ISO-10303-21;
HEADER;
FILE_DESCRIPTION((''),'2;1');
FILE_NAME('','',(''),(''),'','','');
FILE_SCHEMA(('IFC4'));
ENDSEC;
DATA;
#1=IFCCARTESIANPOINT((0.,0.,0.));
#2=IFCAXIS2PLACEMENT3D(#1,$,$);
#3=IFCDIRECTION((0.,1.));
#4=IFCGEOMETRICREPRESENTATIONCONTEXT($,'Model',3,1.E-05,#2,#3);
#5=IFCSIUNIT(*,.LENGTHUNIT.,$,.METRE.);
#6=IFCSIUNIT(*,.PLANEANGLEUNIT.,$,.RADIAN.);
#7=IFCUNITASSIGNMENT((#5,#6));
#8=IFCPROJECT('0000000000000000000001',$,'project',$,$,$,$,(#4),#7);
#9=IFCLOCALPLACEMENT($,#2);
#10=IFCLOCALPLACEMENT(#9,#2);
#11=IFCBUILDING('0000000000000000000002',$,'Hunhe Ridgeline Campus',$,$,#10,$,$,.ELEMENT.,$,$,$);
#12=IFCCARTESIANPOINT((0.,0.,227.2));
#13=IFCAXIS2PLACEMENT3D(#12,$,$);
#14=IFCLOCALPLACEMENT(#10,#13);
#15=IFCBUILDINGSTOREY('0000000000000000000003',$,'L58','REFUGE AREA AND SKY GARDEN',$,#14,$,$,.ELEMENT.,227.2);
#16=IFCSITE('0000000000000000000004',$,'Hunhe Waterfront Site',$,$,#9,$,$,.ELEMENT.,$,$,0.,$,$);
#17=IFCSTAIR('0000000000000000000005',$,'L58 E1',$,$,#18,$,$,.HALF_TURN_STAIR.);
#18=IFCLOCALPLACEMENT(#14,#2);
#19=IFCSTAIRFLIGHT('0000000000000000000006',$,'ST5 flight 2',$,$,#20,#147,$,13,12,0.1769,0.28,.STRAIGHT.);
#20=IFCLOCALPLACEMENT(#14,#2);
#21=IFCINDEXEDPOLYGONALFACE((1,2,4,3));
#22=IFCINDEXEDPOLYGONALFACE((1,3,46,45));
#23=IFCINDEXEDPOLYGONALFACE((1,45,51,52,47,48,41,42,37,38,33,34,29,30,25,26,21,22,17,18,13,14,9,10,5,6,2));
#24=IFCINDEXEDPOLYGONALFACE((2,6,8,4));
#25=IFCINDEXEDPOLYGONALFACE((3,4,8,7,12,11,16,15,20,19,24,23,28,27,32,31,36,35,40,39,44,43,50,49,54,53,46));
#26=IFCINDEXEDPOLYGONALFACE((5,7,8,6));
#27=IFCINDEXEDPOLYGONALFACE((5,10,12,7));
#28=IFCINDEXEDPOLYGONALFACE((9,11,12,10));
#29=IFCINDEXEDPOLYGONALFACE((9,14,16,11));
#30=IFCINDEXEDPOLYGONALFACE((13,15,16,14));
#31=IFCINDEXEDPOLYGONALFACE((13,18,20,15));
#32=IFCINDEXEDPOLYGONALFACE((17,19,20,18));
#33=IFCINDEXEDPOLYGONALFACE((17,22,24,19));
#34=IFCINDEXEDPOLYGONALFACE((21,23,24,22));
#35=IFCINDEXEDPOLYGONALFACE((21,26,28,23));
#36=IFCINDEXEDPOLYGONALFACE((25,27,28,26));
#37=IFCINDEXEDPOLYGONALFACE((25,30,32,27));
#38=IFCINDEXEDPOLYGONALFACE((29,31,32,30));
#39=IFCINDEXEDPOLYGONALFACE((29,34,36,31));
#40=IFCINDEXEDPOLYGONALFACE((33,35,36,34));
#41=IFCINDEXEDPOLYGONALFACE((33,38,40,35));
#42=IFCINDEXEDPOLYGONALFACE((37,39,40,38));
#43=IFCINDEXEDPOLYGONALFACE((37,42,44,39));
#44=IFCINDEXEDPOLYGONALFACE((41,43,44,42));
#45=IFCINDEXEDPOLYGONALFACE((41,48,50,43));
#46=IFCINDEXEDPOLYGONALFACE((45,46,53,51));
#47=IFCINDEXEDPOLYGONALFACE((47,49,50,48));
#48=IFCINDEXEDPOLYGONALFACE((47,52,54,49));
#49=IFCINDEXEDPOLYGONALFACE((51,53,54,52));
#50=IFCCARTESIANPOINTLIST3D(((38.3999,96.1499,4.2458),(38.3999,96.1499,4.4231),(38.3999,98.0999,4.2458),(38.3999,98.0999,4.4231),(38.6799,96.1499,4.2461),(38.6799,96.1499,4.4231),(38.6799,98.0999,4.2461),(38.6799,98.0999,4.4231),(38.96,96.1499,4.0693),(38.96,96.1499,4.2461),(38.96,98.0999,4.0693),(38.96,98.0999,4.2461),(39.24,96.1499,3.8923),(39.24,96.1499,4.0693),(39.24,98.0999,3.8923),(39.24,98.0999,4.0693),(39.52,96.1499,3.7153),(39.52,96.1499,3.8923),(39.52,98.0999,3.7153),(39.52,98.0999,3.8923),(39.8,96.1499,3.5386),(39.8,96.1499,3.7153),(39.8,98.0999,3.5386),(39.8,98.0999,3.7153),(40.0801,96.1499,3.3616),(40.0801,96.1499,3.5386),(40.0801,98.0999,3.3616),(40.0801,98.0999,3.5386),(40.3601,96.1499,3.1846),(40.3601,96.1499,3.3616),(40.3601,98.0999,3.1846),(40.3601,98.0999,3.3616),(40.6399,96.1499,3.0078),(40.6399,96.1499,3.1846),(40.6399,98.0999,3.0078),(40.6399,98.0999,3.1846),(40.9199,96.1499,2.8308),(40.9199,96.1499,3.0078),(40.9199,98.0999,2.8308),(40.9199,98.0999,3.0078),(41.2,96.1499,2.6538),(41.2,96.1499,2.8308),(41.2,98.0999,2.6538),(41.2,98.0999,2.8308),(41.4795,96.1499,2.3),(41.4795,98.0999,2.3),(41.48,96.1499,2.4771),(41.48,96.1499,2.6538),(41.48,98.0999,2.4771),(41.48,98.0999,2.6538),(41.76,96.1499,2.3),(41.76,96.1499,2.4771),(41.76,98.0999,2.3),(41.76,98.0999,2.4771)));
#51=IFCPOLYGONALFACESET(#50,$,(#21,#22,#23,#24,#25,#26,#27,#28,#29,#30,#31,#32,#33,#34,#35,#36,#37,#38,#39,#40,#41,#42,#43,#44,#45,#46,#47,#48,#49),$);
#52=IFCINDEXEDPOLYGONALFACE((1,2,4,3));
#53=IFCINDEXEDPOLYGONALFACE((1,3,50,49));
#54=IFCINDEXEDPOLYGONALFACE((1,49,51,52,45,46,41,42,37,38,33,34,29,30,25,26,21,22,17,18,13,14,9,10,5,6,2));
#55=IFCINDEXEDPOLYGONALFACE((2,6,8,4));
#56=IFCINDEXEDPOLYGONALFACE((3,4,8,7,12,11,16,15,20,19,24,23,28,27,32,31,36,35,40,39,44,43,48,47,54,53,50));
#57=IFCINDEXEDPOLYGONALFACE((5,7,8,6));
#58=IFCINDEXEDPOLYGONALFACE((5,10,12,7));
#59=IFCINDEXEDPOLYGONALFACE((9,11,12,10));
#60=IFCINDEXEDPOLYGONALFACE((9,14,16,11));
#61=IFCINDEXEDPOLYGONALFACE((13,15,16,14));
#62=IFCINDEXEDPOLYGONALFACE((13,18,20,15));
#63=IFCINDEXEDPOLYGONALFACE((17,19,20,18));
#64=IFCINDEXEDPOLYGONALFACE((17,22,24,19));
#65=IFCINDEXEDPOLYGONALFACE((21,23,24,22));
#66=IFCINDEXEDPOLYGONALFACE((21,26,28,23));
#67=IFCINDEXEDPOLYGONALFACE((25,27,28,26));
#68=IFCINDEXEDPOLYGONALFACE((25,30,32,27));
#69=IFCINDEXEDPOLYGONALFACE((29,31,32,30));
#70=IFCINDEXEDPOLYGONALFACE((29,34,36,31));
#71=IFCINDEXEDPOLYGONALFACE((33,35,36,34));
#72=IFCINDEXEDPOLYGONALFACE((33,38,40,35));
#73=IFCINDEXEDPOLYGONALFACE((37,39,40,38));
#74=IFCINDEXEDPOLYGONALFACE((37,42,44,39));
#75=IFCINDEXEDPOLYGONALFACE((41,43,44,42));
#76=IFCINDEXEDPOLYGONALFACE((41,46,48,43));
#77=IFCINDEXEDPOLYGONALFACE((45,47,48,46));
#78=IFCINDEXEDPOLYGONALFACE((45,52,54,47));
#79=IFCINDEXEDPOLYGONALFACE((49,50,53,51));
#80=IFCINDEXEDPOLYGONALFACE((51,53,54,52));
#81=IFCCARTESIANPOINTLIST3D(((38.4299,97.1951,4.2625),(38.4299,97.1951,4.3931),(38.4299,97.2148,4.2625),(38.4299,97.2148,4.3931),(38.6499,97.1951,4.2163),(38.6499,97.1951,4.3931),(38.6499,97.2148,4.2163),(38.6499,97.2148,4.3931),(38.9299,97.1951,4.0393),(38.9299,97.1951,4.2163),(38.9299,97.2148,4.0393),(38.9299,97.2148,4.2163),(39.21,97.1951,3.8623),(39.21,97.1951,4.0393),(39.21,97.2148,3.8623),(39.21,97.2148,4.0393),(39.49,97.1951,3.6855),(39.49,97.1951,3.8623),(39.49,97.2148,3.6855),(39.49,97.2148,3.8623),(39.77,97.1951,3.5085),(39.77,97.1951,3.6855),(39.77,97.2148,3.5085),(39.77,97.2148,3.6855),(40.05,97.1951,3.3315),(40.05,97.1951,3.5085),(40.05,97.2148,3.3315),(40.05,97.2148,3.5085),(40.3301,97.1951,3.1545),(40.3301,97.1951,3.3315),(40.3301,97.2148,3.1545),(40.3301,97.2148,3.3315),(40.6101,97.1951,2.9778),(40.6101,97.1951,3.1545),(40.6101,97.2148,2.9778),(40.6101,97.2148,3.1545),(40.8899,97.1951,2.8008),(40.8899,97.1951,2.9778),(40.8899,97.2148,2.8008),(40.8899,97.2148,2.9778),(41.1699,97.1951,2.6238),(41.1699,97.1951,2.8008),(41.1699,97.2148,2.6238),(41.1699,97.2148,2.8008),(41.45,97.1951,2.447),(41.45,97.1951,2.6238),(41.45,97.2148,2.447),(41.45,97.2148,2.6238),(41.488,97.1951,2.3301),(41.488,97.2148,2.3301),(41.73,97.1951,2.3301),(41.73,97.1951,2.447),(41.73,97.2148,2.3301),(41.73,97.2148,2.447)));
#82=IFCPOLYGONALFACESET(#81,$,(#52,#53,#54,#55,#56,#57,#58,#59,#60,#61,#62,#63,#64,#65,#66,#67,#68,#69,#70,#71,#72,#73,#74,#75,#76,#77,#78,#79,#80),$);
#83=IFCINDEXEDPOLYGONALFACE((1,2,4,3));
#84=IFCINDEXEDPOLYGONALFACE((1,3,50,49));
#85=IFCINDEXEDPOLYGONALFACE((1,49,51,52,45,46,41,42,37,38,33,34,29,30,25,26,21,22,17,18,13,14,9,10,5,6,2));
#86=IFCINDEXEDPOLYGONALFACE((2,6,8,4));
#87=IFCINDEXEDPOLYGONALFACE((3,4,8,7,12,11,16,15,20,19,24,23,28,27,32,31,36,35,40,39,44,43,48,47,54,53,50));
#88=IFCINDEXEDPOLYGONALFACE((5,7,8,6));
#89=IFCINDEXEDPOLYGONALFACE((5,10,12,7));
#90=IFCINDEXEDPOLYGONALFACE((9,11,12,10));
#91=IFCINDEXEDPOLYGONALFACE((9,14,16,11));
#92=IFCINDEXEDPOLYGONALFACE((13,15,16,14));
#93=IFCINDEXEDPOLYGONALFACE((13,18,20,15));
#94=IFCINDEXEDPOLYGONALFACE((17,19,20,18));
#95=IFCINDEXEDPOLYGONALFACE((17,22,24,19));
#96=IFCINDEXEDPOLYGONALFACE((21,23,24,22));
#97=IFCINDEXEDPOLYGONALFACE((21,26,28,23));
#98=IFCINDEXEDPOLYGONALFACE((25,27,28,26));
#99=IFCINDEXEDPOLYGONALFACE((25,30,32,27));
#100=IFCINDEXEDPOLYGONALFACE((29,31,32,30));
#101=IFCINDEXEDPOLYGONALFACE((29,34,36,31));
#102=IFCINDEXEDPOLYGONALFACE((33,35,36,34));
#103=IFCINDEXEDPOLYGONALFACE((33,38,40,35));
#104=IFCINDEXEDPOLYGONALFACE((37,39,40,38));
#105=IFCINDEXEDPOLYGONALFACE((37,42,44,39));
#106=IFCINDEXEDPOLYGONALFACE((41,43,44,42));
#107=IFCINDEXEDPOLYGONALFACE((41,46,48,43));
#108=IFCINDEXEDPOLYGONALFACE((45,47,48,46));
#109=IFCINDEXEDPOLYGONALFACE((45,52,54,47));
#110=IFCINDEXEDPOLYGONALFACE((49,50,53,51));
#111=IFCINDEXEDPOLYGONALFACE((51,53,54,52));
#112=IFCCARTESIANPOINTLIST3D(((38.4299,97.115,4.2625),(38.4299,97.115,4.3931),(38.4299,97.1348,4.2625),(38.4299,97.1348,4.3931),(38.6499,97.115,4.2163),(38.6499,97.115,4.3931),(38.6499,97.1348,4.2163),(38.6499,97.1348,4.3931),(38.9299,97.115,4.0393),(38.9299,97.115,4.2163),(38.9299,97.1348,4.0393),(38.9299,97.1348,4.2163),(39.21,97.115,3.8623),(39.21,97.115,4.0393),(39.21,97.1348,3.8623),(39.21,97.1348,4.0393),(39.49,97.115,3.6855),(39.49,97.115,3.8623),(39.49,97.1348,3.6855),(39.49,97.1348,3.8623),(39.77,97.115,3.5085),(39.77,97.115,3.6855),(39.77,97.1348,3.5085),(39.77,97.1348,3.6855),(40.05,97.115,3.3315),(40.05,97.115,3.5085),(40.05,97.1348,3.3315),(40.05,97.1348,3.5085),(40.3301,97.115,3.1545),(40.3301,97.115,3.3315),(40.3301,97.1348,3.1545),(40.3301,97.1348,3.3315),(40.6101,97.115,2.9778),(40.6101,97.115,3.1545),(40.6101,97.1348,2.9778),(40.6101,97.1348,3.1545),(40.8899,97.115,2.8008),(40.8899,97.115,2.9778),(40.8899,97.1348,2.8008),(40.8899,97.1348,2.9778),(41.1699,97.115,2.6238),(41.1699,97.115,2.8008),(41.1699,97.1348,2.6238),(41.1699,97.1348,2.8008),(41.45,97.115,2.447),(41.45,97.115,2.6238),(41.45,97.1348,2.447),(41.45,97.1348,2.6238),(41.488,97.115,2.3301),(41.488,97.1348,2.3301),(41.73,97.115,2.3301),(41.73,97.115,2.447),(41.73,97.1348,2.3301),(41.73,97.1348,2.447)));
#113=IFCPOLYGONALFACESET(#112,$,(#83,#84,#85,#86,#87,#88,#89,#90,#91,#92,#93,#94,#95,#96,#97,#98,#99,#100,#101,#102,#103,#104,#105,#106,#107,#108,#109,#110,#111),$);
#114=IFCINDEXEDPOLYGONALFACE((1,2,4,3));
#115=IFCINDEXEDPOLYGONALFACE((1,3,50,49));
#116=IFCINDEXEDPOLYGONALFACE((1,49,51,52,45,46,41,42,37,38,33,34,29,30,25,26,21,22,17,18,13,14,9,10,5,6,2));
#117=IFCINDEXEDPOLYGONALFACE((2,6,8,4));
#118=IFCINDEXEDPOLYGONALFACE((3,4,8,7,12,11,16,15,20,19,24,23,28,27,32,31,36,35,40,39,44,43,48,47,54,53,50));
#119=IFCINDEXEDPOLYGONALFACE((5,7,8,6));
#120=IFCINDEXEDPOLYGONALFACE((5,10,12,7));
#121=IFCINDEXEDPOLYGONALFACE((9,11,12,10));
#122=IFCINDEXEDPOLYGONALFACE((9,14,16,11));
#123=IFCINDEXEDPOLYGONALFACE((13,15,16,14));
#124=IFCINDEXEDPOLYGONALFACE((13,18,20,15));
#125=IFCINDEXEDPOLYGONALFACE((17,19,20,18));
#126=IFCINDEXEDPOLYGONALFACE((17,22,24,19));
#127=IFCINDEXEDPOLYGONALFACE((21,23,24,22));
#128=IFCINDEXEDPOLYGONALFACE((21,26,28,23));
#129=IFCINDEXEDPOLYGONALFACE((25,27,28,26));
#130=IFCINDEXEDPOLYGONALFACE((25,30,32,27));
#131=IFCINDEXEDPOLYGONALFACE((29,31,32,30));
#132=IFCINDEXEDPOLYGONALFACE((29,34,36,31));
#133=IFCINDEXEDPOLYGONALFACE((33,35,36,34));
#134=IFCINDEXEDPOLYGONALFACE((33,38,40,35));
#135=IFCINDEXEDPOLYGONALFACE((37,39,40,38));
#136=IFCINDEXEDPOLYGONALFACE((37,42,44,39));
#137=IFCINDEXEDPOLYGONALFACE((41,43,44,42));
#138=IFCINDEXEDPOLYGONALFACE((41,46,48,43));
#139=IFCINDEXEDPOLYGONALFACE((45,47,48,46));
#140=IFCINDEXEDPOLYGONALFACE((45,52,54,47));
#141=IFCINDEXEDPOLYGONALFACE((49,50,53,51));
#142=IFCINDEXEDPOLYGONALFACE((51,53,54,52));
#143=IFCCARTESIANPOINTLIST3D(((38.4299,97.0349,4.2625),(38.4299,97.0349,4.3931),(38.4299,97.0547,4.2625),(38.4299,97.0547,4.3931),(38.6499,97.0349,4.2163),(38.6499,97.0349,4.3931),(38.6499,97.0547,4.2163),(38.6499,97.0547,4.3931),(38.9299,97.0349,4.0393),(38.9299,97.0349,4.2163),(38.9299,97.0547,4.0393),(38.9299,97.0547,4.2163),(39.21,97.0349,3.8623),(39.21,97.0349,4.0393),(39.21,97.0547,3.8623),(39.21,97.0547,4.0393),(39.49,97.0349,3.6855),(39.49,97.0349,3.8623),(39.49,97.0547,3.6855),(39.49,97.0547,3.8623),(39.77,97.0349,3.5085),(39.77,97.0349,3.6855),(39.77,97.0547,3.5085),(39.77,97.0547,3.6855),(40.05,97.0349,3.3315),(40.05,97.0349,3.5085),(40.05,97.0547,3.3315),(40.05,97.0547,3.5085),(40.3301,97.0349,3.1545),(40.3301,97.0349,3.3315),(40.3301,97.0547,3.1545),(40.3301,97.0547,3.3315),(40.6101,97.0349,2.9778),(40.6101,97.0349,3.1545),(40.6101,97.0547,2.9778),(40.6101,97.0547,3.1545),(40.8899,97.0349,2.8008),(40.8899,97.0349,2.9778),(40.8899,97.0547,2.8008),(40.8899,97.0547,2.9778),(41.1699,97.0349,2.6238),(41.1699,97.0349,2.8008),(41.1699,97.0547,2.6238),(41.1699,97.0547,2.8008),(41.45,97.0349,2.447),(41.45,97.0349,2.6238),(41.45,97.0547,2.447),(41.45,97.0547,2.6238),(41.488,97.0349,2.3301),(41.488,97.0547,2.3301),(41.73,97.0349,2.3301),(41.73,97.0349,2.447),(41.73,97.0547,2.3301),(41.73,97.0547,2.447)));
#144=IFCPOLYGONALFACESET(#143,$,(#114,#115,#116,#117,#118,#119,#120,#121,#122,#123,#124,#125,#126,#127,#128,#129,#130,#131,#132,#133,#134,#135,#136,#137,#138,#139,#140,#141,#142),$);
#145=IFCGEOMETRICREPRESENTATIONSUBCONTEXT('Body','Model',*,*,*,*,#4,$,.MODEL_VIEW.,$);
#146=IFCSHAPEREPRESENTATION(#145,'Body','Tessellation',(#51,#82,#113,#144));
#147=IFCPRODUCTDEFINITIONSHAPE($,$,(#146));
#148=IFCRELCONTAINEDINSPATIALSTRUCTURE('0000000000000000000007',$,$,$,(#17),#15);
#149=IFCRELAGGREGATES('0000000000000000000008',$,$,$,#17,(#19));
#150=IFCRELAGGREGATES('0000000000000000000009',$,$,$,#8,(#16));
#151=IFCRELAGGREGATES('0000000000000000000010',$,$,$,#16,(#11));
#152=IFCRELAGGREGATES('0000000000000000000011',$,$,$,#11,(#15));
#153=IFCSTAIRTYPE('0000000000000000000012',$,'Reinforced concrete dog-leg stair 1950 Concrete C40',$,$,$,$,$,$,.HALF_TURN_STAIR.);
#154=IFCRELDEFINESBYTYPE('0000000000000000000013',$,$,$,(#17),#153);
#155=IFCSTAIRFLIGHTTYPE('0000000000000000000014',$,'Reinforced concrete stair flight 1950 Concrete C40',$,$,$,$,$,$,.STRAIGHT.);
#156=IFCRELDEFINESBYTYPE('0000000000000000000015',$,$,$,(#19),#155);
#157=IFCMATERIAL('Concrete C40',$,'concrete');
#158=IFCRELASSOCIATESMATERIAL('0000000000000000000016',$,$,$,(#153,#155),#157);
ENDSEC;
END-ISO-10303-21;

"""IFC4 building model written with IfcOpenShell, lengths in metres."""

from ifc_helpers import new_model, si_unit, direction, frame, origin, place, context, subcontext, project, spatial, polyline, outline, extrude, material, type_object, element, aggregate, save


model = new_model("IFC4")

# Units and contexts
model_context = context("Model", 3, precision=1e-05, world=origin(), true_north=direction((0.0, 1.0)))
body_context = subcontext(model_context, "Body", "Model", "MODEL_VIEW")
ifc_project = project(units=[si_unit("LENGTHUNIT", "METRE"), si_unit("PLANEANGLEUNIT", "RADIAN")], contexts=[model_context])

# Site, building, storey
site_placement = place(None, origin())
site = spatial("IfcSite", under=ifc_project, at=site_placement, Name="Hunhe Waterfront Site", CompositionType="ELEMENT", RefElevation=0.0)
building_placement = place(site_placement, origin())
building = spatial("IfcBuilding", under=site, at=building_placement, Name="Hunhe Ridgeline Campus", CompositionType="ELEMENT")
storey_placement = place(building_placement, frame((0.0, 0.0, 227.2)))
storey = spatial("IfcBuildingStorey", under=building, at=storey_placement, Name="L58", Description="REFUGE AREA AND SKY GARDEN", CompositionType="ELEMENT", Elevation=227.2)

# Shared definitions
ifc_material_1 = material(Name="Concrete C40", Category="concrete")
stair_type = type_object("IfcStairType", Name="Reinforced concrete dog-leg stair 1950 Concrete C40", PredefinedType="HALF_TURN_STAIR", material=ifc_material_1)
stair_flight_type = type_object("IfcStairFlightType", Name="Reinforced concrete stair flight 1950 Concrete C40", PredefinedType="STRAIGHT", material=ifc_material_1)

# Stair, stair flight
stair_1_placement = place(storey_placement, origin())
stair_1 = element("IfcStair", 1, at=stair_1_placement, inside=storey, type_object=stair_type, Name="L58 E1", PredefinedType="HALF_TURN_STAIR")
stair_flight_1_placement = place(storey_placement, frame((41.76, 97.125, 2.3), z_axis=(0.0, 0.0, 1.0), x_axis=(-1.0, 0.0, 0.0)))
stair_flight_1 = element("IfcStairFlight", 2, at=stair_flight_1_placement, type_object=stair_flight_type, Name="ST5 flight 2", NumberOfRisers=13, NumberOfTreads=12, PredefinedType="STRAIGHT", RiserHeight=0.1769, TreadLength=0.28, context=body_context, shape_type="SweptSolid", body=[
    extrude(outline(polyline([(0.0, 0.0), (0.0, 0.177), (0.28, 0.177), (0.28, 0.3538), (0.5601, 0.3538), (0.5601, 0.5308), (0.8401, 0.5308), (0.8401, 0.7078), (1.1201, 0.7078), (1.1201, 0.8845), (1.3999, 0.8845), (1.3999, 1.0615), (1.6799, 1.0615), (1.6799, 1.2385), (1.96, 1.2385), (1.96, 1.4153), (2.24, 1.4153), (2.24, 1.5923), (2.52, 1.5923), (2.52, 1.7693), (2.8, 1.7693), (2.8, 1.946), (3.0801, 1.946), (3.0801, 2.123), (3.3601, 2.123), (3.3601, 2.3), (3.3601, 1.9458), (0.2805, 0.0), (0.0, 0.0)])), frame((0.0, 0.9751, 0.0), z_axis=(0.0, -1.0, 0.0), x_axis=(1.0, 0.0, 0.0)), (0.0, 0.0, 1.0), 1.95),
    extrude(outline(polyline([(0.03, 0.03), (0.03, 0.147), (0.3101, 0.147), (0.3101, 0.3237), (0.5901, 0.3237), (0.5901, 0.5007), (0.8701, 0.5007), (0.8701, 0.6777), (1.1499, 0.6777), (1.1499, 0.8545), (1.4299, 0.8545), (1.4299, 1.0315), (1.71, 1.0315), (1.71, 1.2085), (1.99, 1.2085), (1.99, 1.3855), (2.27, 1.3855), (2.27, 1.5623), (2.55, 1.5623), (2.55, 1.7393), (2.8301, 1.7393), (2.8301, 1.9163), (3.1101, 1.9163), (3.1101, 2.093), (3.3301, 2.093), (3.3301, 1.9624), (0.272, 0.03), (0.03, 0.03)])), frame((0.0, -0.0701, 0.0), z_axis=(0.0, -1.0, 0.0), x_axis=(1.0, 0.0, 0.0)), (0.0, 0.0, 1.0), 0.0198),
    extrude(outline(polyline([(0.03, 0.03), (0.03, 0.147), (0.3101, 0.147), (0.3101, 0.3237), (0.5901, 0.3237), (0.5901, 0.5007), (0.8701, 0.5007), (0.8701, 0.6777), (1.1499, 0.6777), (1.1499, 0.8545), (1.4299, 0.8545), (1.4299, 1.0315), (1.71, 1.0315), (1.71, 1.2085), (1.99, 1.2085), (1.99, 1.3855), (2.27, 1.3855), (2.27, 1.5623), (2.55, 1.5623), (2.55, 1.7393), (2.8301, 1.7393), (2.8301, 1.9163), (3.1101, 1.9163), (3.1101, 2.093), (3.3301, 2.093), (3.3301, 1.9624), (0.272, 0.03), (0.03, 0.03)])), frame((0.0, 0.01, 0.0), z_axis=(0.0, -1.0, 0.0), x_axis=(1.0, 0.0, 0.0)), (0.0, 0.0, 1.0), 0.0198),
    extrude(outline(polyline([(0.03, 0.03), (0.03, 0.147), (0.3101, 0.147), (0.3101, 0.3237), (0.5901, 0.3237), (0.5901, 0.5007), (0.8701, 0.5007), (0.8701, 0.6777), (1.1499, 0.6777), (1.1499, 0.8545), (1.4299, 0.8545), (1.4299, 1.0315), (1.71, 1.0315), (1.71, 1.2085), (1.99, 1.2085), (1.99, 1.3855), (2.27, 1.3855), (2.27, 1.5623), (2.55, 1.5623), (2.55, 1.7393), (2.8301, 1.7393), (2.8301, 1.9163), (3.1101, 1.9163), (3.1101, 2.093), (3.3301, 2.093), (3.3301, 1.9624), (0.272, 0.03), (0.03, 0.03)])), frame((0.0, 0.0901, 0.0), z_axis=(0.0, -1.0, 0.0), x_axis=(1.0, 0.0, 0.0)), (0.0, 0.0, 1.0), 0.0198),
])
aggregate(stair_1, [stair_flight_1])

save(model, "model.ifc")
